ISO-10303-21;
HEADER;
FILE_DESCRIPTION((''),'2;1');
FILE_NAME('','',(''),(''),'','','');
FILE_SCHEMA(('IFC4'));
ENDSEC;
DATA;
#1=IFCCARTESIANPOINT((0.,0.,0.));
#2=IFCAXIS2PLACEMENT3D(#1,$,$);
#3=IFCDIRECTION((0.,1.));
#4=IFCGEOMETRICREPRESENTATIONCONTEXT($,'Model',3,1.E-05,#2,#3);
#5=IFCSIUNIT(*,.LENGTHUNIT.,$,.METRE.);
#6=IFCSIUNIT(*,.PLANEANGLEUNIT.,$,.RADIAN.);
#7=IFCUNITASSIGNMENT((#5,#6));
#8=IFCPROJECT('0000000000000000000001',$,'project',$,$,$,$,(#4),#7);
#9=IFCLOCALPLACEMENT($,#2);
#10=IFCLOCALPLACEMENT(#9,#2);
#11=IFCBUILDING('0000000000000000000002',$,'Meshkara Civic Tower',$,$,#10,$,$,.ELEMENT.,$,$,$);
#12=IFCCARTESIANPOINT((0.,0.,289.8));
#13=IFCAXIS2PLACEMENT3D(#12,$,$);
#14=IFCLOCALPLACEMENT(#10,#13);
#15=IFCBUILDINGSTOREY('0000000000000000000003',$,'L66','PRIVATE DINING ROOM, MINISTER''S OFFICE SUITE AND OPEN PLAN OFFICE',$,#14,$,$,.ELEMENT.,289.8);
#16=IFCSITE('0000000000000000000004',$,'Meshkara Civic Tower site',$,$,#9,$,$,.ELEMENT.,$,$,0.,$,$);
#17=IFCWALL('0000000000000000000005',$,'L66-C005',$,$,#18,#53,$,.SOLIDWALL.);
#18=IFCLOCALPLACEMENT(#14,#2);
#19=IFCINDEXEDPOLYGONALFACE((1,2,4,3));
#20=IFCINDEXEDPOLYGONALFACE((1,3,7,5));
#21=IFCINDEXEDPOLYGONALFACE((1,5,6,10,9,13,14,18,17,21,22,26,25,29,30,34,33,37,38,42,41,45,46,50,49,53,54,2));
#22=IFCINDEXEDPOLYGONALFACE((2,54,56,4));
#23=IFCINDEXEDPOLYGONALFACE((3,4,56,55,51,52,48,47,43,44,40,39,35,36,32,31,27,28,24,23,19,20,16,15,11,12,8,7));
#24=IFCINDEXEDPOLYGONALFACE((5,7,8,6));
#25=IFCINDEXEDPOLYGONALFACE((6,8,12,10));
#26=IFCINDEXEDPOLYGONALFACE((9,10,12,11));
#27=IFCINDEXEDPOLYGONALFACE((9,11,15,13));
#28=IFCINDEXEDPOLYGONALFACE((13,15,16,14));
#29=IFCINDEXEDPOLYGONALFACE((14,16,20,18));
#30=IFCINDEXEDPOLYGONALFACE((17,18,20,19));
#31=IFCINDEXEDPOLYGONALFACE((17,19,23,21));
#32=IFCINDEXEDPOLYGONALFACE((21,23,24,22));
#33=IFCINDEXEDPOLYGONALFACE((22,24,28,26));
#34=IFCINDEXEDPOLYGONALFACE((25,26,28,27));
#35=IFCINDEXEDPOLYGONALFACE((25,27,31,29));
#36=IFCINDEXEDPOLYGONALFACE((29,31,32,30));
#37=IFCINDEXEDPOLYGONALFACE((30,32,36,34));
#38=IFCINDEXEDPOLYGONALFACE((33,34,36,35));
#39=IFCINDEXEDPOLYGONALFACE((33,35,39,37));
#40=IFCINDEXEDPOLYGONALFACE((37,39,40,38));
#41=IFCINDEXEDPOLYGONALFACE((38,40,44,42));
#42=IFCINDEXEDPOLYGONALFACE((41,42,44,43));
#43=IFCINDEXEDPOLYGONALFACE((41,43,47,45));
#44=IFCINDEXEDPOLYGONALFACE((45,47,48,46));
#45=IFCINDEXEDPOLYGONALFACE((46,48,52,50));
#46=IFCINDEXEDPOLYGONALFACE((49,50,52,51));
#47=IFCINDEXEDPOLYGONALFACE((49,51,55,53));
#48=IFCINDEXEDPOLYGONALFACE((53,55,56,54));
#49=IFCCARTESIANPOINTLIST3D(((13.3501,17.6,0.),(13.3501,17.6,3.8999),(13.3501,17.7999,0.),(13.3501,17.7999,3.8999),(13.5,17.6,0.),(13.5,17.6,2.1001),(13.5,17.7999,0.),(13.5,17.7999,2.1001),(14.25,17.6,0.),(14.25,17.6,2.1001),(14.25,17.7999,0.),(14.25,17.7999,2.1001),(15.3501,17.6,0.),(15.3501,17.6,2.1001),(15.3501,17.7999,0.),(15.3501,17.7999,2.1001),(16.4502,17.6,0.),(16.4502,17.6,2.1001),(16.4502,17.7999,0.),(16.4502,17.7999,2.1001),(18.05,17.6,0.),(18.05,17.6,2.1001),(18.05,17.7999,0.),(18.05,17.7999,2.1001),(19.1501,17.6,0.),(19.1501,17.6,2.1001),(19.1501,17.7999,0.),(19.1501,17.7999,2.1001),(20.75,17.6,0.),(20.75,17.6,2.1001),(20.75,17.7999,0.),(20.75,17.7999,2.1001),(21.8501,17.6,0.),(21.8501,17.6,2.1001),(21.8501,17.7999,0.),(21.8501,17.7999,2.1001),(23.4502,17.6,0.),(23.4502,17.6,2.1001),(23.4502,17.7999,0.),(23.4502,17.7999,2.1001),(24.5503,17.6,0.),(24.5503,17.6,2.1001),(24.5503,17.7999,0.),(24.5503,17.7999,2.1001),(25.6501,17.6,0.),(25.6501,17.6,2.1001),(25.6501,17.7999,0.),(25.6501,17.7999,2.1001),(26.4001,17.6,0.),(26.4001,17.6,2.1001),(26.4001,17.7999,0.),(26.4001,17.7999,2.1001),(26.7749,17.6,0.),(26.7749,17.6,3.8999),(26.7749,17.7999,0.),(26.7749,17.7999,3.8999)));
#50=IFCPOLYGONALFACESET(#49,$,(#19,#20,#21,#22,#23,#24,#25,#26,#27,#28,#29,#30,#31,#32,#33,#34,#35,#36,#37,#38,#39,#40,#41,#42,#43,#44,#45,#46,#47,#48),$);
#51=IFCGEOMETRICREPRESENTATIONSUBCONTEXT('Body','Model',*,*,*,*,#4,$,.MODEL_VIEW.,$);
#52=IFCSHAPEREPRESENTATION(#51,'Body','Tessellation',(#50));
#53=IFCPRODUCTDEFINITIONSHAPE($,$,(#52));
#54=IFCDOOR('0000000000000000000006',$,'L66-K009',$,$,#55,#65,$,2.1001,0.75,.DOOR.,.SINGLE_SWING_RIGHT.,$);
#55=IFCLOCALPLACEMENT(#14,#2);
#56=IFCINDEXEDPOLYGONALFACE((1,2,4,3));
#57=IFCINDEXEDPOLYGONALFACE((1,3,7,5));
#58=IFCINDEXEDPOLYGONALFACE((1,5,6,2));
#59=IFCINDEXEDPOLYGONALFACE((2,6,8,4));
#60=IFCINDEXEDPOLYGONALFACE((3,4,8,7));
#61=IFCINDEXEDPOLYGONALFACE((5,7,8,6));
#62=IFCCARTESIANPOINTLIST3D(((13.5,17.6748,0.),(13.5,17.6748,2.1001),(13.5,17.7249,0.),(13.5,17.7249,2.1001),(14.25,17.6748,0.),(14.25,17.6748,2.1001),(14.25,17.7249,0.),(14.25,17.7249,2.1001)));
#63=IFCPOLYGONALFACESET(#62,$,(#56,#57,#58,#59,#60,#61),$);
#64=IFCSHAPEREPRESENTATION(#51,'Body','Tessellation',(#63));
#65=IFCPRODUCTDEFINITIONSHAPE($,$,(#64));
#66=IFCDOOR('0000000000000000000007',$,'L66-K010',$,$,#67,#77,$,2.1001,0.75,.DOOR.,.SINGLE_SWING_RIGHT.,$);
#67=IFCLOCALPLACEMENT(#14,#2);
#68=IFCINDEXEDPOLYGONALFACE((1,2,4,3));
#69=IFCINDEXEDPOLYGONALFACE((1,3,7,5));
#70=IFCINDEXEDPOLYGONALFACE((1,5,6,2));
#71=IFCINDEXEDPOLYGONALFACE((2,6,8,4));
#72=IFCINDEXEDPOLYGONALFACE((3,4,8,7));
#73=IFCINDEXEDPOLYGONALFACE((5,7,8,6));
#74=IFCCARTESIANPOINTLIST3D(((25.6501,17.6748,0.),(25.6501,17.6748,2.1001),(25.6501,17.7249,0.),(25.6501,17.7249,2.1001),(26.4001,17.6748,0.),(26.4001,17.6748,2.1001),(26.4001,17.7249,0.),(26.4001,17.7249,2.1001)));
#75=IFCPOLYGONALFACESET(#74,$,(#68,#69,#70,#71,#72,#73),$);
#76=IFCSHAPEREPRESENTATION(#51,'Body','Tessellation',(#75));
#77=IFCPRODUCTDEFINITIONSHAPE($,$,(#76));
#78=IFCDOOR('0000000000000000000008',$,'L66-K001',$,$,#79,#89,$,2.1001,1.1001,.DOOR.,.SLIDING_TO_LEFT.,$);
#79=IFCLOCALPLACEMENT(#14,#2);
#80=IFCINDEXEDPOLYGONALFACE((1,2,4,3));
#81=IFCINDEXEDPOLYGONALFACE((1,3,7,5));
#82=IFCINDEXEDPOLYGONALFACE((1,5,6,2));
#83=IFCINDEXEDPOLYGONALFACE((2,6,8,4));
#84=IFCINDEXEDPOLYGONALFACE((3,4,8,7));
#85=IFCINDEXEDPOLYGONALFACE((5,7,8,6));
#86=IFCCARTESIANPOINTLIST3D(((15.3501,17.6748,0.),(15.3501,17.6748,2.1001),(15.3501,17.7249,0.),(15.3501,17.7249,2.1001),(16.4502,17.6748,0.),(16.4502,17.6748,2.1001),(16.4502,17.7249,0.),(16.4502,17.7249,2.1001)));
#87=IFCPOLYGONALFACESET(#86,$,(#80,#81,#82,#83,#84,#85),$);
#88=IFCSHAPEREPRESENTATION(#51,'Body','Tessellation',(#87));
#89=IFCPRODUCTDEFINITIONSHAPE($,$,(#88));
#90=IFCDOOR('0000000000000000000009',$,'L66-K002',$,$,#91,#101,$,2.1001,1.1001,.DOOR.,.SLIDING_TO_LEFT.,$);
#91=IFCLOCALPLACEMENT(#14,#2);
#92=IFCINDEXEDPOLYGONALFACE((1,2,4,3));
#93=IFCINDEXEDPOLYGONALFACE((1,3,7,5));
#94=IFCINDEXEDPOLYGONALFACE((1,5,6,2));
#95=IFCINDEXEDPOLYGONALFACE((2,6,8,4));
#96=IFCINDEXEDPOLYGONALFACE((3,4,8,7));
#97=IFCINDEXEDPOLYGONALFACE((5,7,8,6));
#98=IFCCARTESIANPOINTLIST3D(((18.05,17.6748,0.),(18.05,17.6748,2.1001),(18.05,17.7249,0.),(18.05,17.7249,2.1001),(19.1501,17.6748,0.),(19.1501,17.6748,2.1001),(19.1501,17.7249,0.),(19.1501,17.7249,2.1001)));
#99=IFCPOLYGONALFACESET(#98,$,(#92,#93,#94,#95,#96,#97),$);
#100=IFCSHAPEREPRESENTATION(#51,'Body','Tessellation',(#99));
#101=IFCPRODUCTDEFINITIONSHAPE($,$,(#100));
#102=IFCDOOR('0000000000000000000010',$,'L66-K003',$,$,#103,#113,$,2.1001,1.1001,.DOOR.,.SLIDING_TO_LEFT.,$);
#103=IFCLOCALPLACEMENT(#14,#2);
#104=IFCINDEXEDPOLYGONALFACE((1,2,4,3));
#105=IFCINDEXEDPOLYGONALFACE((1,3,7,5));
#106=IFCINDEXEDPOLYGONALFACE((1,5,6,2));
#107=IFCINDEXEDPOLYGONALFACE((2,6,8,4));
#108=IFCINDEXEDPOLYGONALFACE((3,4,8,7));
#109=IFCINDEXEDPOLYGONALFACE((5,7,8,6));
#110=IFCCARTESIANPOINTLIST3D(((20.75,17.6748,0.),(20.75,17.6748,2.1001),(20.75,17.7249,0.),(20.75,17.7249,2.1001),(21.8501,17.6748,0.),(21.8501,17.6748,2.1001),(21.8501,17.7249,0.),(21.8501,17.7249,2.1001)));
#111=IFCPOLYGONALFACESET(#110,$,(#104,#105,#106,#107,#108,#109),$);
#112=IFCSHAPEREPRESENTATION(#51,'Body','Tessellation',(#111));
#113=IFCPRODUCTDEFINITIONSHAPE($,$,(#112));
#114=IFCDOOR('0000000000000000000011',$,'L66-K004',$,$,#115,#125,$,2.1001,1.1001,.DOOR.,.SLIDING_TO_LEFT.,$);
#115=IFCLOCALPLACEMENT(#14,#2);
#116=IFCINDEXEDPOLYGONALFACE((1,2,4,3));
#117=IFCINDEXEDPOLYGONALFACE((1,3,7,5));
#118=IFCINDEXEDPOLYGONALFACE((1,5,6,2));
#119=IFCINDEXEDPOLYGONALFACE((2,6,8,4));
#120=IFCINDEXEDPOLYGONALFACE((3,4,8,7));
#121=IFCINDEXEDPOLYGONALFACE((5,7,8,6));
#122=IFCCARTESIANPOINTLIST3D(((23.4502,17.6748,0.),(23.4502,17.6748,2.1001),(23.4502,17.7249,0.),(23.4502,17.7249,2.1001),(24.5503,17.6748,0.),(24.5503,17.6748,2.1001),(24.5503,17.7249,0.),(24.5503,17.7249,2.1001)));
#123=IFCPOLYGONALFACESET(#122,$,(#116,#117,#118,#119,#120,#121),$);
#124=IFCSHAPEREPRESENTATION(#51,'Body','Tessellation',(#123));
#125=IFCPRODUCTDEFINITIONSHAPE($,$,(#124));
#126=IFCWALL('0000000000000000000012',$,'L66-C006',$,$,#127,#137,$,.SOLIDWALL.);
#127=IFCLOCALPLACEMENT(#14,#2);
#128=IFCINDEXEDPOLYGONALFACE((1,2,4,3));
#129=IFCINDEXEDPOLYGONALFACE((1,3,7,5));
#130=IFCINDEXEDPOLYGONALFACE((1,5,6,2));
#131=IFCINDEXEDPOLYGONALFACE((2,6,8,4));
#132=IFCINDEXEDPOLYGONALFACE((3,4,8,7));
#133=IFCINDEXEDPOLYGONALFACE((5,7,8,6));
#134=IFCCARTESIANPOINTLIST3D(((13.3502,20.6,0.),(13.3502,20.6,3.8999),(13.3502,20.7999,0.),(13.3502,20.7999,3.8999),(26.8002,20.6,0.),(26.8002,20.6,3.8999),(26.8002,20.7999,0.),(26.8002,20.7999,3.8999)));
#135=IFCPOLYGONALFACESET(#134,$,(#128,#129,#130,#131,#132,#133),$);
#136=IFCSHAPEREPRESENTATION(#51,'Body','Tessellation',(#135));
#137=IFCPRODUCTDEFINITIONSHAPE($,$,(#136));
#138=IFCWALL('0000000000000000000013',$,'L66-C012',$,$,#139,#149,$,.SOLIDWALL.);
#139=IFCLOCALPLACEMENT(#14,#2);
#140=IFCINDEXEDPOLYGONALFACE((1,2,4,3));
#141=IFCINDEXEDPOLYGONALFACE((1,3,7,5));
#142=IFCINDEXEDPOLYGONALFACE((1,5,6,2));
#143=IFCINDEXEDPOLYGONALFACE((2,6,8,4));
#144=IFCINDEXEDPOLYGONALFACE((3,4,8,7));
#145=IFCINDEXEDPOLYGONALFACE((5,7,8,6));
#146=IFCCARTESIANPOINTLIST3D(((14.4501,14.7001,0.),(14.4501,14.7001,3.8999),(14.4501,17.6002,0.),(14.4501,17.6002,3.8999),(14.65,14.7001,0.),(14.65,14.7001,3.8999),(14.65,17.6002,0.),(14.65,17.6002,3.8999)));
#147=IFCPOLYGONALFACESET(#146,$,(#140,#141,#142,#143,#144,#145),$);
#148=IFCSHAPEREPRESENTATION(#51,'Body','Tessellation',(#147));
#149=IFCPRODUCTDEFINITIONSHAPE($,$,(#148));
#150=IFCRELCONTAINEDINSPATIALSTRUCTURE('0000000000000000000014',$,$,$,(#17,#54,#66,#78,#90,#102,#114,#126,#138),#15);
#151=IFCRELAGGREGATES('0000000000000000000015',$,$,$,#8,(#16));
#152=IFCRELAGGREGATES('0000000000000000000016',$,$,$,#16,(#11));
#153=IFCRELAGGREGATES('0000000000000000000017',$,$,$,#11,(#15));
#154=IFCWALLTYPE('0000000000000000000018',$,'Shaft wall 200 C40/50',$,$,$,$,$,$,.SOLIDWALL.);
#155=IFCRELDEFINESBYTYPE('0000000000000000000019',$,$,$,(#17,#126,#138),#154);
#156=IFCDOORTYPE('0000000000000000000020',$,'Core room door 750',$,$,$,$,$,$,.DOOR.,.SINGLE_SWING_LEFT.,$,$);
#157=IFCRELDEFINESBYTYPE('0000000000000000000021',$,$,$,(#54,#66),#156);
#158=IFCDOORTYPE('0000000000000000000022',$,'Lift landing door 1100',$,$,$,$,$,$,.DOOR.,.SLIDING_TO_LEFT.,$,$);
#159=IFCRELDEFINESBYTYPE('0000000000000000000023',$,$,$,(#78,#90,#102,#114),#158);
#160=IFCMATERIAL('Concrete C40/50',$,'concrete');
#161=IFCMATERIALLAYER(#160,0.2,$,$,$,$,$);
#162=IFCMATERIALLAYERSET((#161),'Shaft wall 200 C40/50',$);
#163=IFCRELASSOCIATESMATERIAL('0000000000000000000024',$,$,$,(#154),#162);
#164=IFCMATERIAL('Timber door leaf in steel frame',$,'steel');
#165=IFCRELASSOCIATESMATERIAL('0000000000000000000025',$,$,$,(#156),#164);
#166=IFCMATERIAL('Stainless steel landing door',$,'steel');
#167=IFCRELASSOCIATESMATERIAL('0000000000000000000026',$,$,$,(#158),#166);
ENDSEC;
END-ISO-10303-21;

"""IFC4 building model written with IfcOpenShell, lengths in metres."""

from ifc_helpers import new_model, si_unit, direction, frame, frame_2d, origin, place, context, subcontext, project, spatial, rectangle, extrude, material, layer, layer_set, type_object, element, fill, save


model = new_model("IFC4")

# Units and contexts
model_context = context("Model", 3, precision=1e-05, world=origin(), true_north=direction((0.0, 1.0)))
body_context = subcontext(model_context, "Body", "Model", "MODEL_VIEW")
ifc_project = project(units=[si_unit("LENGTHUNIT", "METRE"), si_unit("PLANEANGLEUNIT", "RADIAN")], contexts=[model_context])

# Site, building, storey
site_placement = place(None, origin())
site = spatial("IfcSite", under=ifc_project, at=site_placement, Name="Meshkara Civic Tower site", CompositionType="ELEMENT", RefElevation=0.0)
building_placement = place(site_placement, origin())
building = spatial("IfcBuilding", under=site, at=building_placement, Name="Meshkara Civic Tower", CompositionType="ELEMENT")
storey_placement = place(building_placement, frame((0.0, 0.0, 289.8)))
storey = spatial("IfcBuildingStorey", under=building, at=storey_placement, Name="L66", Description="PRIVATE DINING ROOM, MINISTER'S OFFICE SUITE AND OPEN PLAN OFFICE", CompositionType="ELEMENT", Elevation=289.8)

# Wall, openings, doors
ifc_material_1 = material(Name="Concrete C40/50", Category="concrete")
ifc_layer_1 = layer(ifc_material_1, 0.2)
ifc_layer_set_1 = layer_set([ifc_layer_1], Name="Shaft wall 200 C40/50")
wall_type_1 = type_object("IfcWallType", Name="Shaft wall 200 C40/50", PredefinedType="SOLIDWALL", material=ifc_layer_set_1)
wall_1_placement = place(storey_placement, frame((13.3501, 17.7, 0.0), z_axis=(0.0, 0.0, 1.0), x_axis=(1.0, 0.0, 0.0)))
wall_1 = element("IfcWall", 1, at=wall_1_placement, inside=storey, type_object=wall_type_1, Name="L66-C005", PredefinedType="SOLIDWALL", context=body_context, shape_type="SweptSolid", body=[
    extrude(rectangle(XDim=13.4248, YDim=0.2, at=frame_2d((6.7124, 0.0))), origin(), (0.0, 0.0, 1.0), 3.8999),
])
opening_1_placement = place(wall_1_placement, frame((2.0, 0.0, 0.0)))
opening_1 = element("IfcOpeningElement", 2, at=opening_1_placement, cuts=wall_1, PredefinedType="OPENING", context=body_context, shape_type="SweptSolid", body=[
    extrude(rectangle(XDim=1.1001, YDim=2.1001, at=frame_2d((0.55, 1.05))), frame((0.0, 0.1099, 0.0), z_axis=(0.0, -1.0, 0.0), x_axis=(1.0, 0.0, 0.0)), (0.0, 0.0, 1.0), 0.22),
])
opening_2_placement = place(wall_1_placement, frame((4.7, 0.0, 0.0)))
opening_2 = element("IfcOpeningElement", 3, at=opening_2_placement, cuts=wall_1, PredefinedType="OPENING", context=body_context, shape_type="SweptSolid", body=[
    extrude(rectangle(XDim=1.1001, YDim=2.1001, at=frame_2d((0.55, 1.05))), frame((0.0, 0.1099, 0.0), z_axis=(0.0, -1.0, 0.0), x_axis=(1.0, 0.0, 0.0)), (0.0, 0.0, 1.0), 0.22),
])
opening_3_placement = place(wall_1_placement, frame((7.3999, 0.0, 0.0)))
opening_3 = element("IfcOpeningElement", 4, at=opening_3_placement, cuts=wall_1, PredefinedType="OPENING", context=body_context, shape_type="SweptSolid", body=[
    extrude(rectangle(XDim=1.1001, YDim=2.1001, at=frame_2d((0.55, 1.05))), frame((0.0, 0.1099, 0.0), z_axis=(0.0, -1.0, 0.0), x_axis=(1.0, 0.0, 0.0)), (0.0, 0.0, 1.0), 0.22),
])
opening_4_placement = place(wall_1_placement, frame((10.1001, 0.0, 0.0)))
opening_4 = element("IfcOpeningElement", 5, at=opening_4_placement, cuts=wall_1, PredefinedType="OPENING", context=body_context, shape_type="SweptSolid", body=[
    extrude(rectangle(XDim=1.1001, YDim=2.1001, at=frame_2d((0.55, 1.05))), frame((0.0, 0.1099, 0.0), z_axis=(0.0, -1.0, 0.0), x_axis=(1.0, 0.0, 0.0)), (0.0, 0.0, 1.0), 0.22),
])
opening_5_placement = place(wall_1_placement, frame((0.1499, 0.0, 0.0)))
opening_5 = element("IfcOpeningElement", 6, at=opening_5_placement, cuts=wall_1, PredefinedType="OPENING", context=body_context, shape_type="SweptSolid", body=[
    extrude(rectangle(XDim=0.75, YDim=2.1001, at=frame_2d((0.375, 1.05))), frame((0.0, 0.1099, 0.0), z_axis=(0.0, -1.0, 0.0), x_axis=(1.0, 0.0, 0.0)), (0.0, 0.0, 1.0), 0.22),
])
opening_6_placement = place(wall_1_placement, frame((12.3, 0.0, 0.0)))
opening_6 = element("IfcOpeningElement", 7, at=opening_6_placement, cuts=wall_1, PredefinedType="OPENING", context=body_context, shape_type="SweptSolid", body=[
    extrude(rectangle(XDim=0.75, YDim=2.1001, at=frame_2d((0.375, 1.05))), frame((0.0, 0.1099, 0.0), z_axis=(0.0, -1.0, 0.0), x_axis=(1.0, 0.0, 0.0)), (0.0, 0.0, 1.0), 0.22),
])
ifc_material_2 = material(Name="Timber door leaf in steel frame", Category="steel")
door_type_1 = type_object("IfcDoorType", Name="Core room door 750", OperationType="SINGLE_SWING_LEFT", PredefinedType="DOOR", material=ifc_material_2)
door_1_placement = place(opening_5_placement, origin())
door_1 = element("IfcDoor", 8, at=door_1_placement, inside=storey, type_object=door_type_1, Name="L66-K009", OperationType="SINGLE_SWING_RIGHT", OverallHeight=2.1001, OverallWidth=0.75, PredefinedType="DOOR", context=body_context, shape_type="SweptSolid", body=[
    extrude(rectangle(XDim=0.75, YDim=2.1001, at=frame_2d((0.375, 1.05))), frame((0.0, 0.0249, 0.0), z_axis=(0.0, -1.0, 0.0), x_axis=(1.0, 0.0, 0.0)), (0.0, 0.0, 1.0), 0.05),
])
fill(opening_5, door_1)
door_2_placement = place(opening_6_placement, origin())
door_2 = element("IfcDoor", 9, at=door_2_placement, inside=storey, type_object=door_type_1, Name="L66-K010", OperationType="SINGLE_SWING_RIGHT", OverallHeight=2.1001, OverallWidth=0.75, PredefinedType="DOOR", context=body_context, shape_type="SweptSolid", body=[
    extrude(rectangle(XDim=0.75, YDim=2.1001, at=frame_2d((0.375, 1.05))), frame((0.0, 0.0249, 0.0), z_axis=(0.0, -1.0, 0.0), x_axis=(1.0, 0.0, 0.0)), (0.0, 0.0, 1.0), 0.05),
])
fill(opening_6, door_2)
ifc_material_3 = material(Name="Stainless steel landing door", Category="steel")
door_type_2 = type_object("IfcDoorType", Name="Lift landing door 1100", OperationType="SLIDING_TO_LEFT", PredefinedType="DOOR", material=ifc_material_3)
door_3_placement = place(opening_1_placement, origin())
door_3 = element("IfcDoor", 10, at=door_3_placement, inside=storey, type_object=door_type_2, Name="L66-K001", OperationType="SLIDING_TO_LEFT", OverallHeight=2.1001, OverallWidth=1.1001, PredefinedType="DOOR", context=body_context, shape_type="SweptSolid", body=[
    extrude(rectangle(XDim=1.1001, YDim=2.1001, at=frame_2d((0.55, 1.05))), frame((0.0, 0.0249, 0.0), z_axis=(0.0, -1.0, 0.0), x_axis=(1.0, 0.0, 0.0)), (0.0, 0.0, 1.0), 0.05),
])
fill(opening_1, door_3)
door_4_placement = place(opening_2_placement, origin())
door_4 = element("IfcDoor", 11, at=door_4_placement, inside=storey, type_object=door_type_2, Name="L66-K002", OperationType="SLIDING_TO_LEFT", OverallHeight=2.1001, OverallWidth=1.1001, PredefinedType="DOOR", context=body_context, shape_type="SweptSolid", body=[
    extrude(rectangle(XDim=1.1001, YDim=2.1001, at=frame_2d((0.55, 1.05))), frame((0.0, 0.0249, 0.0), z_axis=(0.0, -1.0, 0.0), x_axis=(1.0, 0.0, 0.0)), (0.0, 0.0, 1.0), 0.05),
])
fill(opening_2, door_4)
door_5_placement = place(opening_3_placement, origin())
door_5 = element("IfcDoor", 12, at=door_5_placement, inside=storey, type_object=door_type_2, Name="L66-K003", OperationType="SLIDING_TO_LEFT", OverallHeight=2.1001, OverallWidth=1.1001, PredefinedType="DOOR", context=body_context, shape_type="SweptSolid", body=[
    extrude(rectangle(XDim=1.1001, YDim=2.1001, at=frame_2d((0.55, 1.05))), frame((0.0, 0.0249, 0.0), z_axis=(0.0, -1.0, 0.0), x_axis=(1.0, 0.0, 0.0)), (0.0, 0.0, 1.0), 0.05),
])
fill(opening_3, door_5)
door_6_placement = place(opening_4_placement, origin())
door_6 = element("IfcDoor", 13, at=door_6_placement, inside=storey, type_object=door_type_2, Name="L66-K004", OperationType="SLIDING_TO_LEFT", OverallHeight=2.1001, OverallWidth=1.1001, PredefinedType="DOOR", context=body_context, shape_type="SweptSolid", body=[
    extrude(rectangle(XDim=1.1001, YDim=2.1001, at=frame_2d((0.55, 1.05))), frame((0.0, 0.0249, 0.0), z_axis=(0.0, -1.0, 0.0), x_axis=(1.0, 0.0, 0.0)), (0.0, 0.0, 1.0), 0.05),
])
fill(opening_4, door_6)

# Walls
wall_2_placement = place(storey_placement, frame((13.3501, 20.7, 0.0), z_axis=(0.0, 0.0, 1.0), x_axis=(1.0, 0.0, 0.0)))
element("IfcWall", 14, at=wall_2_placement, inside=storey, type_object=wall_type_1, Name="L66-C006", PredefinedType="SOLIDWALL", context=body_context, shape_type="SweptSolid", body=[
    extrude(rectangle(XDim=13.45, YDim=0.2, at=frame_2d((6.7251, 0.0))), origin(), (0.0, 0.0, 1.0), 3.8999),
])
wall_3_placement = place(storey_placement, frame((14.55, 14.7, 0.0), z_axis=(0.0, 0.0, 1.0), x_axis=(0.0, 1.0, 0.0)))
element("IfcWall", 15, at=wall_3_placement, inside=storey, type_object=wall_type_1, Name="L66-C012", PredefinedType="SOLIDWALL", context=body_context, shape_type="SweptSolid", body=[
    extrude(rectangle(XDim=2.9001, YDim=0.2, at=frame_2d((1.4502, 0.0))), origin(), (0.0, 0.0, 1.0), 3.8999),
])

save(model, "model.ifc")
